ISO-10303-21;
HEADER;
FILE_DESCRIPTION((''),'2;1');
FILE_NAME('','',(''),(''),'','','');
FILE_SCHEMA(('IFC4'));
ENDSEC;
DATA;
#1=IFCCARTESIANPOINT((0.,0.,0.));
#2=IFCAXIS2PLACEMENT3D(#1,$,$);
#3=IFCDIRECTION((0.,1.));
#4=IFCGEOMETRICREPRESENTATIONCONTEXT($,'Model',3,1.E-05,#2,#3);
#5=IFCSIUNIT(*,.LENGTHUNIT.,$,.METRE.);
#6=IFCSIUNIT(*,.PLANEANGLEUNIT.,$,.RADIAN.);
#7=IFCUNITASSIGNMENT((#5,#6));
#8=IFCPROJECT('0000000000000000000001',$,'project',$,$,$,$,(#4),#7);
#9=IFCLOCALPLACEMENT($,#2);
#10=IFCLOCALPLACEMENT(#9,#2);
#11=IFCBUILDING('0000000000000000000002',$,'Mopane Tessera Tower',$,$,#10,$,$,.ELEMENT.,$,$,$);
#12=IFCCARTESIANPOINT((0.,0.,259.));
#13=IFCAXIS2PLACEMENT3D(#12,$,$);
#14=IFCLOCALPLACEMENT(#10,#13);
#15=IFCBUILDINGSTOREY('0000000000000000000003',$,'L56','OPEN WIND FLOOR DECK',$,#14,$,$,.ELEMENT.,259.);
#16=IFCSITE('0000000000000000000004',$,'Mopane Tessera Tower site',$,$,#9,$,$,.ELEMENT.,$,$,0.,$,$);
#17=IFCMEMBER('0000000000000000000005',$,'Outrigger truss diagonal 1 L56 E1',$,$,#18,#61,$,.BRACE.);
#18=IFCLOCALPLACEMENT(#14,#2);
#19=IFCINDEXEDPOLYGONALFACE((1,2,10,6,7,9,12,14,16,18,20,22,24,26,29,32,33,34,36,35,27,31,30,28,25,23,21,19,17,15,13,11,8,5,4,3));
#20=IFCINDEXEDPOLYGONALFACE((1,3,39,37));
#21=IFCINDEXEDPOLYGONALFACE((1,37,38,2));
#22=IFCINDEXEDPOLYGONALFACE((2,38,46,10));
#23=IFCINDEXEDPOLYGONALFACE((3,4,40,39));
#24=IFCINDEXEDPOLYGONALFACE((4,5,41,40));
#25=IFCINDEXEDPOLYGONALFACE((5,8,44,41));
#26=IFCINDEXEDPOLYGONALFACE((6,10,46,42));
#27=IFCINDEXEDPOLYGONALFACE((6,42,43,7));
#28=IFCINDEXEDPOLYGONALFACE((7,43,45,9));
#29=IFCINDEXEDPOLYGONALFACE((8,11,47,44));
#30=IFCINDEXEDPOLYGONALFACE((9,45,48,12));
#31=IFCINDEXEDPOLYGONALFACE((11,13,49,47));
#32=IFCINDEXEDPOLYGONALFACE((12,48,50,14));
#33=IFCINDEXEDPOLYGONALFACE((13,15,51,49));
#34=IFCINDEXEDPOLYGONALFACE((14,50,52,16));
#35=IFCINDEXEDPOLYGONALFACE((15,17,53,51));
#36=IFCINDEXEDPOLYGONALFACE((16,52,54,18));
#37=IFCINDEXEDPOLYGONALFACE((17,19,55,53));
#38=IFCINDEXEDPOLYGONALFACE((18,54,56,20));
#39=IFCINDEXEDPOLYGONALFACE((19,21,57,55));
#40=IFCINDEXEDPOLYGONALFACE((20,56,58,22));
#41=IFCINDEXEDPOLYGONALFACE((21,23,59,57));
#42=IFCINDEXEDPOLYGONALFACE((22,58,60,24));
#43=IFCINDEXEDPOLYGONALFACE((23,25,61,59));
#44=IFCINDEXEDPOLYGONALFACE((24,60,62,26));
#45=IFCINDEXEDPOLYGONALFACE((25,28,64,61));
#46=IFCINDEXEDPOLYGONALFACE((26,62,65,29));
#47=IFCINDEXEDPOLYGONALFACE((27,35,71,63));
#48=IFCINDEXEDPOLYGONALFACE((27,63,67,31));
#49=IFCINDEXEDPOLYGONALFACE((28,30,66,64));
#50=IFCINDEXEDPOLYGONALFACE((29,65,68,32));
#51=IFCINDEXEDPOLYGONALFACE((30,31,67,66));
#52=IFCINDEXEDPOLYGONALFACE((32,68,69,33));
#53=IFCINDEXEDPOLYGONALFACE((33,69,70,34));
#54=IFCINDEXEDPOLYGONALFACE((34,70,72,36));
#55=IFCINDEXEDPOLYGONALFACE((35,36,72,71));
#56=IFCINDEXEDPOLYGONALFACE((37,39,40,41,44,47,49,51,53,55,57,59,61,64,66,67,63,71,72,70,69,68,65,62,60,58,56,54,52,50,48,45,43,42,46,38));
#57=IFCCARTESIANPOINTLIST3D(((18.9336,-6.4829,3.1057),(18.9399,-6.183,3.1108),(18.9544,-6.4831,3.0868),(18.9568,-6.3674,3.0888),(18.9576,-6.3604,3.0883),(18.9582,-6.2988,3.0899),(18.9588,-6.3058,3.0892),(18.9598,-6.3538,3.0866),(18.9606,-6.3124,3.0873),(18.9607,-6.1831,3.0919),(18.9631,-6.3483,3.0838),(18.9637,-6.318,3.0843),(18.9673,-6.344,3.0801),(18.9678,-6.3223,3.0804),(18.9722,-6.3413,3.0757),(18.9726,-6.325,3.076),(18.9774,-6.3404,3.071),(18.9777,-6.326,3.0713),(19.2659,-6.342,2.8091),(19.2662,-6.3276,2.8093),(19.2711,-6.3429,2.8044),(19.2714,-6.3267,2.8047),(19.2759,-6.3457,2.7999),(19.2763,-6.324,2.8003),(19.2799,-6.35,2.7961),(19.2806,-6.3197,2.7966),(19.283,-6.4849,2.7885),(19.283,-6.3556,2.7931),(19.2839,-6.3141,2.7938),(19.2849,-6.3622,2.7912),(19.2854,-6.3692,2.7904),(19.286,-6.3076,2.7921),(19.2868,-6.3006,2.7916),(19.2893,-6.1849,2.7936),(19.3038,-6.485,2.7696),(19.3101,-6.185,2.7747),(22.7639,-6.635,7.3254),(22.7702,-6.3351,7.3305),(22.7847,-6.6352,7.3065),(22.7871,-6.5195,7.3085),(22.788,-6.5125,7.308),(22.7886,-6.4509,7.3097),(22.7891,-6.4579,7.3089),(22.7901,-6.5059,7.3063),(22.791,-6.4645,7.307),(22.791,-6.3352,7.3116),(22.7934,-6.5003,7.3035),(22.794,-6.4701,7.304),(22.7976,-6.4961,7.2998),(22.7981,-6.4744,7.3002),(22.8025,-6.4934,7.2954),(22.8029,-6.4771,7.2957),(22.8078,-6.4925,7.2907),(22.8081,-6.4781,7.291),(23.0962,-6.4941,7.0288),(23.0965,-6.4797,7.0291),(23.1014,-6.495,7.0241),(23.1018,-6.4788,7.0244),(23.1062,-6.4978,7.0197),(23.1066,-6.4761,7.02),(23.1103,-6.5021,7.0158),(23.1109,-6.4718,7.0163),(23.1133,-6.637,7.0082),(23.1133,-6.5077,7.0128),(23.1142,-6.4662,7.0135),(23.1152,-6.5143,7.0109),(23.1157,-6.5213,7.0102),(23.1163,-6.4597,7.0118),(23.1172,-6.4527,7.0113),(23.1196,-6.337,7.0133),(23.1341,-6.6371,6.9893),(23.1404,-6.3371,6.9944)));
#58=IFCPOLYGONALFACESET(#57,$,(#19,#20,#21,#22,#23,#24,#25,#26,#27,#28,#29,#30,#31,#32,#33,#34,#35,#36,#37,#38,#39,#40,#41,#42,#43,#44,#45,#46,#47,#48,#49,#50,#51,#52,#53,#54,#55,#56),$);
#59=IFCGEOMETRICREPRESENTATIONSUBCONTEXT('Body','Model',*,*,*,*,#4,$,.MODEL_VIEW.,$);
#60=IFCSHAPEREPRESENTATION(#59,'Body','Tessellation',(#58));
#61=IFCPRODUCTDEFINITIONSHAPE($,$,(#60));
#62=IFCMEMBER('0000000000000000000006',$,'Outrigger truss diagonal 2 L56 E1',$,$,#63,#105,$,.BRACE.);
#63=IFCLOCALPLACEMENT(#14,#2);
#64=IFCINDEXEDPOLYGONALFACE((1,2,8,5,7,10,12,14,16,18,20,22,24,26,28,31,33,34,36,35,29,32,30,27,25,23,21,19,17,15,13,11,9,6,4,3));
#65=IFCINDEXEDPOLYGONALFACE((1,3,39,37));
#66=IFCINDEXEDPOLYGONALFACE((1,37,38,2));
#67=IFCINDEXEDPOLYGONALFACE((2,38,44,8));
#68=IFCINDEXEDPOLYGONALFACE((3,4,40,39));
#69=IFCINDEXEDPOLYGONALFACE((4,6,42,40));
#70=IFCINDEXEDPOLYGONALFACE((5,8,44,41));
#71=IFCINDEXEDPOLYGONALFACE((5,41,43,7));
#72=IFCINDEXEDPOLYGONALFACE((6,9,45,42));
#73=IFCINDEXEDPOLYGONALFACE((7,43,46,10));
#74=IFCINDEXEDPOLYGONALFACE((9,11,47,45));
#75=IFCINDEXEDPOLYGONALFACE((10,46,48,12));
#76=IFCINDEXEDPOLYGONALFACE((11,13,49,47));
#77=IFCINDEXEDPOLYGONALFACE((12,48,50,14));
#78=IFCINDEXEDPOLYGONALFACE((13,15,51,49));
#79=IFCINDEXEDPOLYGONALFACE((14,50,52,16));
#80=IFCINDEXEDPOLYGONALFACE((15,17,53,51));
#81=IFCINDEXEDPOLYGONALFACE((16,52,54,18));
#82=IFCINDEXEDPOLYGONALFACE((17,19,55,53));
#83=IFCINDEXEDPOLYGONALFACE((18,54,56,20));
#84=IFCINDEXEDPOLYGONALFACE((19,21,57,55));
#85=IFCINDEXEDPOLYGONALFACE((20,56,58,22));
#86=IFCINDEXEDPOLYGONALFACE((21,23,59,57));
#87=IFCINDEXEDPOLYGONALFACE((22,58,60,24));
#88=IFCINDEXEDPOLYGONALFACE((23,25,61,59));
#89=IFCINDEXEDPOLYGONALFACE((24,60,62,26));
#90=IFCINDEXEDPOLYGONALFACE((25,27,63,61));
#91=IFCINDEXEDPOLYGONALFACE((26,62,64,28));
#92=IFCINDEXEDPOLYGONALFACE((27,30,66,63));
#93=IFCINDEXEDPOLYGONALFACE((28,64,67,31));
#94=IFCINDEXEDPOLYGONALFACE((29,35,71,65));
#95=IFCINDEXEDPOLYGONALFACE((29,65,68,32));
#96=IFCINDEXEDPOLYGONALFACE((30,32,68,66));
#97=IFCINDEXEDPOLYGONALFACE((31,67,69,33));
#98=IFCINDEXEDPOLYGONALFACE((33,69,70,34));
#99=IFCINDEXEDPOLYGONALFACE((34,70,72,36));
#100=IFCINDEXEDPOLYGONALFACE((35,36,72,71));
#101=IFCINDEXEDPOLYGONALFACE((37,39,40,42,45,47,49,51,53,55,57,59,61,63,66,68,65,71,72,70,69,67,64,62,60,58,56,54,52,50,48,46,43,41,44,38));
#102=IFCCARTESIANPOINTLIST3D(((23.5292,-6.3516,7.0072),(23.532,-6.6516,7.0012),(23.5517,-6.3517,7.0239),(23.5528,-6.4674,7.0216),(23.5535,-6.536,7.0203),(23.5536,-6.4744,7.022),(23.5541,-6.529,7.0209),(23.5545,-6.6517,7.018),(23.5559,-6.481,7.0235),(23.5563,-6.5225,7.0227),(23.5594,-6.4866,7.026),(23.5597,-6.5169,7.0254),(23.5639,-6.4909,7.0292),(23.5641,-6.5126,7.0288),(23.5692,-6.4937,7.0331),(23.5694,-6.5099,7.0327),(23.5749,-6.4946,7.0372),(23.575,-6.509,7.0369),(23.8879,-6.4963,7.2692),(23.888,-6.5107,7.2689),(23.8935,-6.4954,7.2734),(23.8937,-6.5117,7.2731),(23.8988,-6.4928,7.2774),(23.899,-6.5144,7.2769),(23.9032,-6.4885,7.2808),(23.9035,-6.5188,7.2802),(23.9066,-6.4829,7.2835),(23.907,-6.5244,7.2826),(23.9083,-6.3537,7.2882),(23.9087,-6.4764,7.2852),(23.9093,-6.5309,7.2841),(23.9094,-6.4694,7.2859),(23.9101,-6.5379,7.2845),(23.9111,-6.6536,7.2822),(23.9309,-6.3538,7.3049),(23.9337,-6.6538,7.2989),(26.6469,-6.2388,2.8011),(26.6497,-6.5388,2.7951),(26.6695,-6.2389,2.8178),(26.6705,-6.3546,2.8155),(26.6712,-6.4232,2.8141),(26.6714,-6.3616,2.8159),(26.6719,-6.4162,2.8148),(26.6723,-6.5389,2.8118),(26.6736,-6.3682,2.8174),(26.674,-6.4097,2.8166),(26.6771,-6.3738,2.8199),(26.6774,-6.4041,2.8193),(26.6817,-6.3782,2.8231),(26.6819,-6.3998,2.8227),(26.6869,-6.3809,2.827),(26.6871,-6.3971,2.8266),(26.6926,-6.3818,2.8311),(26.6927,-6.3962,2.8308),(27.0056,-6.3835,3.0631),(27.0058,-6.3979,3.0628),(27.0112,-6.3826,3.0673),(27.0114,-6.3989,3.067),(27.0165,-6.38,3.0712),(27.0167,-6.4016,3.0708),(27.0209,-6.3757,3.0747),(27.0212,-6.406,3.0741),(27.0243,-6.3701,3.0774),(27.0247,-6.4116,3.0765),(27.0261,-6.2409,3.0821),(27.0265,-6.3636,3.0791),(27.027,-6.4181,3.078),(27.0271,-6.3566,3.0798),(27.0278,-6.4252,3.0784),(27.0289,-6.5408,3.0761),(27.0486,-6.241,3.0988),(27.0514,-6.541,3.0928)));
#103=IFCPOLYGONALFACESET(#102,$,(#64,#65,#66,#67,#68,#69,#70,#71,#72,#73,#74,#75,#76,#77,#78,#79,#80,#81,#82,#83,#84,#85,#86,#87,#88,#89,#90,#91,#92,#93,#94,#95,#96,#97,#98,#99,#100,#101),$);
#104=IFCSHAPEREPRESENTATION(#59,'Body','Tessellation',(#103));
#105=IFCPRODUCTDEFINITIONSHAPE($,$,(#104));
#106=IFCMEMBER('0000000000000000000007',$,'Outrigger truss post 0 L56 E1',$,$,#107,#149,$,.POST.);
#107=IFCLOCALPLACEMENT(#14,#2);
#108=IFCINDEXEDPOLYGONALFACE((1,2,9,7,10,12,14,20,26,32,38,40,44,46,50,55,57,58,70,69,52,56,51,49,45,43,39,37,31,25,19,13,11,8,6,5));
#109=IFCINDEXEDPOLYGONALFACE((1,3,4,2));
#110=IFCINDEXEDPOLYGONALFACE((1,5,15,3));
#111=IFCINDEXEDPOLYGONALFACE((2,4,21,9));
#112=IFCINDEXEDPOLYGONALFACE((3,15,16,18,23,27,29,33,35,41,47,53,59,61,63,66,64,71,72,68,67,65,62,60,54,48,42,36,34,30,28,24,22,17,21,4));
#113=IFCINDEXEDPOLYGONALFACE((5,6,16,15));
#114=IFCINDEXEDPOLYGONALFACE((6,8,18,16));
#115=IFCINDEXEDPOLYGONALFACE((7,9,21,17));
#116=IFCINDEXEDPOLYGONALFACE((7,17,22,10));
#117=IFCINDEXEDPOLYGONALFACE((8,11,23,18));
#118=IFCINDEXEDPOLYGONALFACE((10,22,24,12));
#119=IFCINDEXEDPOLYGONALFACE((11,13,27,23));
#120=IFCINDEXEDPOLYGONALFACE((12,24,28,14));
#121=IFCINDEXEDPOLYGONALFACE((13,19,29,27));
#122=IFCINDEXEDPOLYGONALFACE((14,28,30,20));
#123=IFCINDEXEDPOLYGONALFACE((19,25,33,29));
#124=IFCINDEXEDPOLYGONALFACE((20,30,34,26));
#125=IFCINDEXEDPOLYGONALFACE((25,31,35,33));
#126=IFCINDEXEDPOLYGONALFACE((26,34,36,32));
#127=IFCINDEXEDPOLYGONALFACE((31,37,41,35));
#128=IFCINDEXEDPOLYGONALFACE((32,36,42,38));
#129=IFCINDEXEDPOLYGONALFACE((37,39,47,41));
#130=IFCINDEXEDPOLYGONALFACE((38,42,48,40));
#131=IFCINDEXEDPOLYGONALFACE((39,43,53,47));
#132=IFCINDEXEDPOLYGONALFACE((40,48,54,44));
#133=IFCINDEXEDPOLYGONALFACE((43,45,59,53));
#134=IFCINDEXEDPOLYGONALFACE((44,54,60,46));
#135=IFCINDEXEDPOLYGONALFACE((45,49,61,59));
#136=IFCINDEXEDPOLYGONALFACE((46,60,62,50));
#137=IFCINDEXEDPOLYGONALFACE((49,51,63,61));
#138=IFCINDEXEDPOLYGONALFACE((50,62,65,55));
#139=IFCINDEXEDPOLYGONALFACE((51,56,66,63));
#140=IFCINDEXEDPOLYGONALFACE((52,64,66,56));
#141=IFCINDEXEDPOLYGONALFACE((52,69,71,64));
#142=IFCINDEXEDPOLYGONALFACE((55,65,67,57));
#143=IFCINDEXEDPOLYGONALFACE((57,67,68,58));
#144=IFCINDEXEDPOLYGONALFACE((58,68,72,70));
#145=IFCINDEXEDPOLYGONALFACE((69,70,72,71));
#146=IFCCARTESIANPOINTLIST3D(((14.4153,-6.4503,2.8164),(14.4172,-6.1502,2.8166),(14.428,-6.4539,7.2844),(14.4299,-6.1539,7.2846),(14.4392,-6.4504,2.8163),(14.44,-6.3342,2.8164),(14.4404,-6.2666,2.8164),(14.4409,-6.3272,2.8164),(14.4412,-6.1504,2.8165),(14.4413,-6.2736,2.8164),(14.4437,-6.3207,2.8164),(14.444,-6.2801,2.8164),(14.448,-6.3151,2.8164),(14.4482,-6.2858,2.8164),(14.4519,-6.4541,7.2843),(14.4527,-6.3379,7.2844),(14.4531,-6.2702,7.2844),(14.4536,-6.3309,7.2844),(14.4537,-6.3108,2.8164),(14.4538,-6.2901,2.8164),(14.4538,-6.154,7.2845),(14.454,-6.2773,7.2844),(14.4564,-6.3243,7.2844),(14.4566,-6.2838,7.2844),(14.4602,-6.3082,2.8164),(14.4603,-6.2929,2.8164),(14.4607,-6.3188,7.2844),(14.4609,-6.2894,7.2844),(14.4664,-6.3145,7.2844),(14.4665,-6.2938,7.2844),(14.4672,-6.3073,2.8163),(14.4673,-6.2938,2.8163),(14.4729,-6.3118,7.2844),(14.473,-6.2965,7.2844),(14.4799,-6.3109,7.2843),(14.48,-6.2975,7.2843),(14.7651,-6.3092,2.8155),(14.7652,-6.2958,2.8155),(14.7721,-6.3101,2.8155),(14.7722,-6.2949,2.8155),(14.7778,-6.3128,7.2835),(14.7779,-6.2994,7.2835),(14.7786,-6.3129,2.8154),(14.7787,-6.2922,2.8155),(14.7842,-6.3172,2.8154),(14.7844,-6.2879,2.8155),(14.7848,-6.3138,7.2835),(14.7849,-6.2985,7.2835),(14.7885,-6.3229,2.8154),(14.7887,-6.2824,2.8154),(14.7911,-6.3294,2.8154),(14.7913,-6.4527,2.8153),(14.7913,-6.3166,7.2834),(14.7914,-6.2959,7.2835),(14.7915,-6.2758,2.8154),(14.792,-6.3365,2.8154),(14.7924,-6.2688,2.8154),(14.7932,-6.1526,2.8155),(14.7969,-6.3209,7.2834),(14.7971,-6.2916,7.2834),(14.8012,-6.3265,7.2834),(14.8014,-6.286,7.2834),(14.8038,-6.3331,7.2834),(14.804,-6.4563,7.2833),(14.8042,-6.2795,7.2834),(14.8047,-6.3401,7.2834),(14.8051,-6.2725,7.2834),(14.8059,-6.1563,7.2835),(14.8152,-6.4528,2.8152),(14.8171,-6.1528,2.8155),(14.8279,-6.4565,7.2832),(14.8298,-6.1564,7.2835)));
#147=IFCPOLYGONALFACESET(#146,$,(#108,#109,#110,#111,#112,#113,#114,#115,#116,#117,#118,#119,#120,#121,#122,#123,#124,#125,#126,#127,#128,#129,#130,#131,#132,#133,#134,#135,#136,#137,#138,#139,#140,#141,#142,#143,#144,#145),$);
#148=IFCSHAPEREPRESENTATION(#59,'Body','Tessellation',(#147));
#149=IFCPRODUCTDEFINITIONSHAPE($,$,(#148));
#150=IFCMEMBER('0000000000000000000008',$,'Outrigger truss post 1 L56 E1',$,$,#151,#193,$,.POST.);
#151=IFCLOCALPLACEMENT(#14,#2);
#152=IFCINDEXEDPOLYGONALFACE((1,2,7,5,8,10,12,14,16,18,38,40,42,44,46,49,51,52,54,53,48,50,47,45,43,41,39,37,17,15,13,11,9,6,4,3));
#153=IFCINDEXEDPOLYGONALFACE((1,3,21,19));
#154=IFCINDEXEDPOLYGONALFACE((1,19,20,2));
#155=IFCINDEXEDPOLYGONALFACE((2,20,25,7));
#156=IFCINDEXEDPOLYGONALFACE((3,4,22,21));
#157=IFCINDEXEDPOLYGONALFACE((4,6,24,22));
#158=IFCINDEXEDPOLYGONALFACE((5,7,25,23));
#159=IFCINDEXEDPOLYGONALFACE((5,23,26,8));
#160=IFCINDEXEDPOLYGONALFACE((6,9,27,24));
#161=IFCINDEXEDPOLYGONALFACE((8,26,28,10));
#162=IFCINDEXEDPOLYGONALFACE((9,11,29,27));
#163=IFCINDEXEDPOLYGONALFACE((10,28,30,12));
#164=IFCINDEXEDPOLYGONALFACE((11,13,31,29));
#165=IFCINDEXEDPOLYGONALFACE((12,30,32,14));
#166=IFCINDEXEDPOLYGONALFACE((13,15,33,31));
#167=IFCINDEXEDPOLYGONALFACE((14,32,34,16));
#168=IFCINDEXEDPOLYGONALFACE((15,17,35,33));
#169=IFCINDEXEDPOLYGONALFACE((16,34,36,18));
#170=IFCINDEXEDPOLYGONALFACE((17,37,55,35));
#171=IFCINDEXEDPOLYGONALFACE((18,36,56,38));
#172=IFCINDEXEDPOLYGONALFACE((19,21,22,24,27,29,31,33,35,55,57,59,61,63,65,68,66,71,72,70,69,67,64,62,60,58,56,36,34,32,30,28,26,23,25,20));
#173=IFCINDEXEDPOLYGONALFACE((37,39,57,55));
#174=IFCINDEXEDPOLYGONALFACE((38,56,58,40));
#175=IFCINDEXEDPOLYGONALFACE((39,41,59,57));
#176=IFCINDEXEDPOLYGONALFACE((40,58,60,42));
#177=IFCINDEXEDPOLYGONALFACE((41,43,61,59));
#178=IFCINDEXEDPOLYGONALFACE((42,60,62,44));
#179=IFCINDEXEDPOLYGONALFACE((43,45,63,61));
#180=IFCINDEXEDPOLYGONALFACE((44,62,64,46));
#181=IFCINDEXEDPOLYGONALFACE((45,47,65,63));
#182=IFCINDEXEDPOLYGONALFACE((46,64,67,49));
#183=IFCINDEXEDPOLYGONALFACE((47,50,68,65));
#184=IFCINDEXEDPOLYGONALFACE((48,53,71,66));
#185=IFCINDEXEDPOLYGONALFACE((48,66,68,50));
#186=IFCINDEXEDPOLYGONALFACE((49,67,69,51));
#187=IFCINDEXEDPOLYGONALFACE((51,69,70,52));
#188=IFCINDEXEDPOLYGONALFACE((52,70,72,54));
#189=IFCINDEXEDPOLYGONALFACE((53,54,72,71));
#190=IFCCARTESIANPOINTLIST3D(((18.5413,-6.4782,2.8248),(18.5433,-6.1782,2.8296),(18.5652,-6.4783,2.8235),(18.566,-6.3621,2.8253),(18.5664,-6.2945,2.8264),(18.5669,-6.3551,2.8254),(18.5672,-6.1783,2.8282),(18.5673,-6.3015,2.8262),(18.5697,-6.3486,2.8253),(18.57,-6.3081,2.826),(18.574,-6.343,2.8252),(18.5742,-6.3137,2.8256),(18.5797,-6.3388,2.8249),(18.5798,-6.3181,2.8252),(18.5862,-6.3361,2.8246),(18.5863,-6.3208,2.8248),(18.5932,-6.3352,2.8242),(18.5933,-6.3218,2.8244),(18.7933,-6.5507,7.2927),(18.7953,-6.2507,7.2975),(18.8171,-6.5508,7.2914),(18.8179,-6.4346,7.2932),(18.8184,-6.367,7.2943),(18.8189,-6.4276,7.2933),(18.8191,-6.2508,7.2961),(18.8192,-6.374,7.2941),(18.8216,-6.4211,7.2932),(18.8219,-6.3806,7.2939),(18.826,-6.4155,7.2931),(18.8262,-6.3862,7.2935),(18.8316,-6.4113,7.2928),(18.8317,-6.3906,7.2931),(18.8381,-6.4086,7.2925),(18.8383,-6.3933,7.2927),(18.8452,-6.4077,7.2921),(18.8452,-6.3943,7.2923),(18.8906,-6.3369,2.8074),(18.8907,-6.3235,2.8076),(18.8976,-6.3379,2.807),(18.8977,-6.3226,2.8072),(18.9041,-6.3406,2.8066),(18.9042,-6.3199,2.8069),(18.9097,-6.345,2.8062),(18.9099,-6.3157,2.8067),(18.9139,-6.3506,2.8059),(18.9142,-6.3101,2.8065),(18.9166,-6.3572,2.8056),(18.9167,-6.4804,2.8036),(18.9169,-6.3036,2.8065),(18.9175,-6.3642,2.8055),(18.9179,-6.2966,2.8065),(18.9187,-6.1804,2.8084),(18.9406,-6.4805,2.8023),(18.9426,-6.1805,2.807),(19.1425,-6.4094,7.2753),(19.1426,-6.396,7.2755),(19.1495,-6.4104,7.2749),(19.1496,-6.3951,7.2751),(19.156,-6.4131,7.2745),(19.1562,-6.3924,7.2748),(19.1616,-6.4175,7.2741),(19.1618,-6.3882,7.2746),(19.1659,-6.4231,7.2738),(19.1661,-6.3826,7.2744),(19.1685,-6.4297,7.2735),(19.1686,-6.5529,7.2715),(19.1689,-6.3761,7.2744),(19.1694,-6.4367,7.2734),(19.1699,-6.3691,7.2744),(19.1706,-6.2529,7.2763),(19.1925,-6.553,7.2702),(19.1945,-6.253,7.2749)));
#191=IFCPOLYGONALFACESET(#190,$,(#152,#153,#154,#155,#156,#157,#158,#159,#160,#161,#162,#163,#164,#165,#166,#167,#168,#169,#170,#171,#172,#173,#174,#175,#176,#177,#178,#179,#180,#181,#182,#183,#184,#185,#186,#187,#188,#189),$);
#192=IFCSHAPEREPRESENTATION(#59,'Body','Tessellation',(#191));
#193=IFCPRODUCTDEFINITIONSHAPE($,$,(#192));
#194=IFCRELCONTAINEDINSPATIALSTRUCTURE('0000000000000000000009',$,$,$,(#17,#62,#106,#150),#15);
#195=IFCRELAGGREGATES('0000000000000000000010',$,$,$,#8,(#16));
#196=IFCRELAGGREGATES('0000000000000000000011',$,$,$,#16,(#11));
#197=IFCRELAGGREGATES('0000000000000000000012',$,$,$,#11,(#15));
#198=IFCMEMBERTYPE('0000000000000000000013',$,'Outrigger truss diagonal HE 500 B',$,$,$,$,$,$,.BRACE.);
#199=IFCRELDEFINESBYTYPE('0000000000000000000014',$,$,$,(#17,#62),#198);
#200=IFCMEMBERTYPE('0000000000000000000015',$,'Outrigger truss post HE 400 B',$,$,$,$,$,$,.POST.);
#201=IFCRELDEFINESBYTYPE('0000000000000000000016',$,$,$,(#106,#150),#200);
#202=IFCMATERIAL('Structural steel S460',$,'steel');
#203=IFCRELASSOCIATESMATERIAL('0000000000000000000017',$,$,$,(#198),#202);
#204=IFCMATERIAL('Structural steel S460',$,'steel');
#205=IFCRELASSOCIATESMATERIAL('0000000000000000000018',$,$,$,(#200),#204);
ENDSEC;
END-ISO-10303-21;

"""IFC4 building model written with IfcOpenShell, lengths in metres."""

from ifc_helpers import new_model, si_unit, direction, frame, origin, origin_2d, place, context, subcontext, project, spatial, i_section, extrude, material, material_profile, profile_set, type_object, element, save


model = new_model("IFC4")

# Units and contexts
model_context = context("Model", 3, precision=1e-05, world=origin(), true_north=direction((0.0, 1.0)))
body_context = subcontext(model_context, "Body", "Model", "MODEL_VIEW")
ifc_project = project(units=[si_unit("LENGTHUNIT", "METRE"), si_unit("PLANEANGLEUNIT", "RADIAN")], contexts=[model_context])

# Site, building, storey
site_placement = place(None, origin())
site = spatial("IfcSite", under=ifc_project, at=site_placement, Name="Mopane Tessera Tower site", CompositionType="ELEMENT", RefElevation=0.0)
building_placement = place(site_placement, origin())
building = spatial("IfcBuilding", under=site, at=building_placement, Name="Mopane Tessera Tower", CompositionType="ELEMENT")
storey_placement = place(building_placement, frame((0.0, 0.0, 259.0)))
storey = spatial("IfcBuildingStorey", under=building, at=storey_placement, Name="L56", Description="OPEN WIND FLOOR DECK", CompositionType="ELEMENT", Elevation=259.0)

# Members
ifc_material_1 = material(Name="Structural steel S460", Category="steel")
ifc_material_profile_1 = material_profile(ifc_material_1, i_section(OverallWidth=0.3, OverallDepth=0.5, WebThickness=0.0144, FlangeThickness=0.0281, FilletRadius=0.0271, at=origin_2d()))
ifc_profile_set_1 = profile_set([ifc_material_profile_1], Name="Structural steel S460")
member_type_1 = type_object("IfcMemberType", Name="Outrigger truss diagonal HE 500 B", PredefinedType="BRACE", material=ifc_profile_set_1)
member_1_placement = place(storey_placement, frame((19.1218, -6.334, 2.9402), z_axis=(0.671877, -0.02668, 0.740182), x_axis=(0.020937, 0.999636, 0.017027)))
element("IfcMember", 1, at=member_1_placement, inside=storey, type_object=member_type_1, Name="Outrigger truss diagonal 1 L56 E1", PredefinedType="BRACE", context=body_context, shape_type="SweptSolid", body=[
    extrude(i_section(OverallWidth=0.3, OverallDepth=0.5, WebThickness=0.0144, FlangeThickness=0.0281, FilletRadius=0.0271, at=origin_2d()), origin(), (0.0, 0.0, 1.0), 5.7009),
])
member_2_placement = place(storey_placement, frame((23.7314, -6.5027, 7.1531), z_axis=(0.595346, 0.021539, -0.803181), x_axis=(-0.009329, 0.999759, 0.019895)))
element("IfcMember", 2, at=member_2_placement, inside=storey, type_object=member_type_1, Name="Outrigger truss diagonal 2 L56 E1", PredefinedType="BRACE", context=body_context, shape_type="SweptSolid", body=[
    extrude(i_section(OverallWidth=0.3, OverallDepth=0.5, WebThickness=0.0144, FlangeThickness=0.0281, FilletRadius=0.0271, at=origin_2d()), origin(), (0.0, 0.0, 1.0), 5.2368),
])
ifc_material_2 = material(Name="Structural steel S460", Category="steel")
ifc_material_profile_2 = material_profile(ifc_material_2, i_section(OverallWidth=0.3, OverallDepth=0.3999, WebThickness=0.0134, FlangeThickness=0.0239, FilletRadius=0.0271, at=origin_2d()))
ifc_profile_set_2 = profile_set([ifc_material_profile_2], Name="Structural steel S460")
member_type_2 = type_object("IfcMemberType", Name="Outrigger truss post HE 400 B", PredefinedType="POST", material=ifc_profile_set_2)
member_3_placement = place(storey_placement, frame((14.6162, -6.3015, 2.8159), z_axis=(0.002841, -0.00082, 0.999996), x_axis=(0.006403, 0.999979, 0.000801)))
element("IfcMember", 3, at=member_3_placement, inside=storey, type_object=member_type_2, Name="Outrigger truss post 0 L56 E1", PredefinedType="POST", context=body_context, shape_type="SweptSolid", body=[
    extrude(i_section(OverallWidth=0.3, OverallDepth=0.3999, WebThickness=0.0134, FlangeThickness=0.0239, FilletRadius=0.0271, at=origin_2d()), origin(), (0.0, 0.0, 1.0), 4.468),
])
member_4_placement = place(storey_placement, frame((18.7419, -6.3293, 2.8159), z_axis=(0.056294, -0.016201, 0.998283), x_axis=(0.006676, 0.999852, 0.01585)))
element("IfcMember", 4, at=member_4_placement, inside=storey, type_object=member_type_2, Name="Outrigger truss post 1 L56 E1", PredefinedType="POST", context=body_context, shape_type="SweptSolid", body=[
    extrude(i_section(OverallWidth=0.3, OverallDepth=0.3999, WebThickness=0.0134, FlangeThickness=0.0239, FilletRadius=0.0271, at=origin_2d()), origin(), (0.0, 0.0, 1.0), 4.4756),
])

save(model, "model.ifc")
